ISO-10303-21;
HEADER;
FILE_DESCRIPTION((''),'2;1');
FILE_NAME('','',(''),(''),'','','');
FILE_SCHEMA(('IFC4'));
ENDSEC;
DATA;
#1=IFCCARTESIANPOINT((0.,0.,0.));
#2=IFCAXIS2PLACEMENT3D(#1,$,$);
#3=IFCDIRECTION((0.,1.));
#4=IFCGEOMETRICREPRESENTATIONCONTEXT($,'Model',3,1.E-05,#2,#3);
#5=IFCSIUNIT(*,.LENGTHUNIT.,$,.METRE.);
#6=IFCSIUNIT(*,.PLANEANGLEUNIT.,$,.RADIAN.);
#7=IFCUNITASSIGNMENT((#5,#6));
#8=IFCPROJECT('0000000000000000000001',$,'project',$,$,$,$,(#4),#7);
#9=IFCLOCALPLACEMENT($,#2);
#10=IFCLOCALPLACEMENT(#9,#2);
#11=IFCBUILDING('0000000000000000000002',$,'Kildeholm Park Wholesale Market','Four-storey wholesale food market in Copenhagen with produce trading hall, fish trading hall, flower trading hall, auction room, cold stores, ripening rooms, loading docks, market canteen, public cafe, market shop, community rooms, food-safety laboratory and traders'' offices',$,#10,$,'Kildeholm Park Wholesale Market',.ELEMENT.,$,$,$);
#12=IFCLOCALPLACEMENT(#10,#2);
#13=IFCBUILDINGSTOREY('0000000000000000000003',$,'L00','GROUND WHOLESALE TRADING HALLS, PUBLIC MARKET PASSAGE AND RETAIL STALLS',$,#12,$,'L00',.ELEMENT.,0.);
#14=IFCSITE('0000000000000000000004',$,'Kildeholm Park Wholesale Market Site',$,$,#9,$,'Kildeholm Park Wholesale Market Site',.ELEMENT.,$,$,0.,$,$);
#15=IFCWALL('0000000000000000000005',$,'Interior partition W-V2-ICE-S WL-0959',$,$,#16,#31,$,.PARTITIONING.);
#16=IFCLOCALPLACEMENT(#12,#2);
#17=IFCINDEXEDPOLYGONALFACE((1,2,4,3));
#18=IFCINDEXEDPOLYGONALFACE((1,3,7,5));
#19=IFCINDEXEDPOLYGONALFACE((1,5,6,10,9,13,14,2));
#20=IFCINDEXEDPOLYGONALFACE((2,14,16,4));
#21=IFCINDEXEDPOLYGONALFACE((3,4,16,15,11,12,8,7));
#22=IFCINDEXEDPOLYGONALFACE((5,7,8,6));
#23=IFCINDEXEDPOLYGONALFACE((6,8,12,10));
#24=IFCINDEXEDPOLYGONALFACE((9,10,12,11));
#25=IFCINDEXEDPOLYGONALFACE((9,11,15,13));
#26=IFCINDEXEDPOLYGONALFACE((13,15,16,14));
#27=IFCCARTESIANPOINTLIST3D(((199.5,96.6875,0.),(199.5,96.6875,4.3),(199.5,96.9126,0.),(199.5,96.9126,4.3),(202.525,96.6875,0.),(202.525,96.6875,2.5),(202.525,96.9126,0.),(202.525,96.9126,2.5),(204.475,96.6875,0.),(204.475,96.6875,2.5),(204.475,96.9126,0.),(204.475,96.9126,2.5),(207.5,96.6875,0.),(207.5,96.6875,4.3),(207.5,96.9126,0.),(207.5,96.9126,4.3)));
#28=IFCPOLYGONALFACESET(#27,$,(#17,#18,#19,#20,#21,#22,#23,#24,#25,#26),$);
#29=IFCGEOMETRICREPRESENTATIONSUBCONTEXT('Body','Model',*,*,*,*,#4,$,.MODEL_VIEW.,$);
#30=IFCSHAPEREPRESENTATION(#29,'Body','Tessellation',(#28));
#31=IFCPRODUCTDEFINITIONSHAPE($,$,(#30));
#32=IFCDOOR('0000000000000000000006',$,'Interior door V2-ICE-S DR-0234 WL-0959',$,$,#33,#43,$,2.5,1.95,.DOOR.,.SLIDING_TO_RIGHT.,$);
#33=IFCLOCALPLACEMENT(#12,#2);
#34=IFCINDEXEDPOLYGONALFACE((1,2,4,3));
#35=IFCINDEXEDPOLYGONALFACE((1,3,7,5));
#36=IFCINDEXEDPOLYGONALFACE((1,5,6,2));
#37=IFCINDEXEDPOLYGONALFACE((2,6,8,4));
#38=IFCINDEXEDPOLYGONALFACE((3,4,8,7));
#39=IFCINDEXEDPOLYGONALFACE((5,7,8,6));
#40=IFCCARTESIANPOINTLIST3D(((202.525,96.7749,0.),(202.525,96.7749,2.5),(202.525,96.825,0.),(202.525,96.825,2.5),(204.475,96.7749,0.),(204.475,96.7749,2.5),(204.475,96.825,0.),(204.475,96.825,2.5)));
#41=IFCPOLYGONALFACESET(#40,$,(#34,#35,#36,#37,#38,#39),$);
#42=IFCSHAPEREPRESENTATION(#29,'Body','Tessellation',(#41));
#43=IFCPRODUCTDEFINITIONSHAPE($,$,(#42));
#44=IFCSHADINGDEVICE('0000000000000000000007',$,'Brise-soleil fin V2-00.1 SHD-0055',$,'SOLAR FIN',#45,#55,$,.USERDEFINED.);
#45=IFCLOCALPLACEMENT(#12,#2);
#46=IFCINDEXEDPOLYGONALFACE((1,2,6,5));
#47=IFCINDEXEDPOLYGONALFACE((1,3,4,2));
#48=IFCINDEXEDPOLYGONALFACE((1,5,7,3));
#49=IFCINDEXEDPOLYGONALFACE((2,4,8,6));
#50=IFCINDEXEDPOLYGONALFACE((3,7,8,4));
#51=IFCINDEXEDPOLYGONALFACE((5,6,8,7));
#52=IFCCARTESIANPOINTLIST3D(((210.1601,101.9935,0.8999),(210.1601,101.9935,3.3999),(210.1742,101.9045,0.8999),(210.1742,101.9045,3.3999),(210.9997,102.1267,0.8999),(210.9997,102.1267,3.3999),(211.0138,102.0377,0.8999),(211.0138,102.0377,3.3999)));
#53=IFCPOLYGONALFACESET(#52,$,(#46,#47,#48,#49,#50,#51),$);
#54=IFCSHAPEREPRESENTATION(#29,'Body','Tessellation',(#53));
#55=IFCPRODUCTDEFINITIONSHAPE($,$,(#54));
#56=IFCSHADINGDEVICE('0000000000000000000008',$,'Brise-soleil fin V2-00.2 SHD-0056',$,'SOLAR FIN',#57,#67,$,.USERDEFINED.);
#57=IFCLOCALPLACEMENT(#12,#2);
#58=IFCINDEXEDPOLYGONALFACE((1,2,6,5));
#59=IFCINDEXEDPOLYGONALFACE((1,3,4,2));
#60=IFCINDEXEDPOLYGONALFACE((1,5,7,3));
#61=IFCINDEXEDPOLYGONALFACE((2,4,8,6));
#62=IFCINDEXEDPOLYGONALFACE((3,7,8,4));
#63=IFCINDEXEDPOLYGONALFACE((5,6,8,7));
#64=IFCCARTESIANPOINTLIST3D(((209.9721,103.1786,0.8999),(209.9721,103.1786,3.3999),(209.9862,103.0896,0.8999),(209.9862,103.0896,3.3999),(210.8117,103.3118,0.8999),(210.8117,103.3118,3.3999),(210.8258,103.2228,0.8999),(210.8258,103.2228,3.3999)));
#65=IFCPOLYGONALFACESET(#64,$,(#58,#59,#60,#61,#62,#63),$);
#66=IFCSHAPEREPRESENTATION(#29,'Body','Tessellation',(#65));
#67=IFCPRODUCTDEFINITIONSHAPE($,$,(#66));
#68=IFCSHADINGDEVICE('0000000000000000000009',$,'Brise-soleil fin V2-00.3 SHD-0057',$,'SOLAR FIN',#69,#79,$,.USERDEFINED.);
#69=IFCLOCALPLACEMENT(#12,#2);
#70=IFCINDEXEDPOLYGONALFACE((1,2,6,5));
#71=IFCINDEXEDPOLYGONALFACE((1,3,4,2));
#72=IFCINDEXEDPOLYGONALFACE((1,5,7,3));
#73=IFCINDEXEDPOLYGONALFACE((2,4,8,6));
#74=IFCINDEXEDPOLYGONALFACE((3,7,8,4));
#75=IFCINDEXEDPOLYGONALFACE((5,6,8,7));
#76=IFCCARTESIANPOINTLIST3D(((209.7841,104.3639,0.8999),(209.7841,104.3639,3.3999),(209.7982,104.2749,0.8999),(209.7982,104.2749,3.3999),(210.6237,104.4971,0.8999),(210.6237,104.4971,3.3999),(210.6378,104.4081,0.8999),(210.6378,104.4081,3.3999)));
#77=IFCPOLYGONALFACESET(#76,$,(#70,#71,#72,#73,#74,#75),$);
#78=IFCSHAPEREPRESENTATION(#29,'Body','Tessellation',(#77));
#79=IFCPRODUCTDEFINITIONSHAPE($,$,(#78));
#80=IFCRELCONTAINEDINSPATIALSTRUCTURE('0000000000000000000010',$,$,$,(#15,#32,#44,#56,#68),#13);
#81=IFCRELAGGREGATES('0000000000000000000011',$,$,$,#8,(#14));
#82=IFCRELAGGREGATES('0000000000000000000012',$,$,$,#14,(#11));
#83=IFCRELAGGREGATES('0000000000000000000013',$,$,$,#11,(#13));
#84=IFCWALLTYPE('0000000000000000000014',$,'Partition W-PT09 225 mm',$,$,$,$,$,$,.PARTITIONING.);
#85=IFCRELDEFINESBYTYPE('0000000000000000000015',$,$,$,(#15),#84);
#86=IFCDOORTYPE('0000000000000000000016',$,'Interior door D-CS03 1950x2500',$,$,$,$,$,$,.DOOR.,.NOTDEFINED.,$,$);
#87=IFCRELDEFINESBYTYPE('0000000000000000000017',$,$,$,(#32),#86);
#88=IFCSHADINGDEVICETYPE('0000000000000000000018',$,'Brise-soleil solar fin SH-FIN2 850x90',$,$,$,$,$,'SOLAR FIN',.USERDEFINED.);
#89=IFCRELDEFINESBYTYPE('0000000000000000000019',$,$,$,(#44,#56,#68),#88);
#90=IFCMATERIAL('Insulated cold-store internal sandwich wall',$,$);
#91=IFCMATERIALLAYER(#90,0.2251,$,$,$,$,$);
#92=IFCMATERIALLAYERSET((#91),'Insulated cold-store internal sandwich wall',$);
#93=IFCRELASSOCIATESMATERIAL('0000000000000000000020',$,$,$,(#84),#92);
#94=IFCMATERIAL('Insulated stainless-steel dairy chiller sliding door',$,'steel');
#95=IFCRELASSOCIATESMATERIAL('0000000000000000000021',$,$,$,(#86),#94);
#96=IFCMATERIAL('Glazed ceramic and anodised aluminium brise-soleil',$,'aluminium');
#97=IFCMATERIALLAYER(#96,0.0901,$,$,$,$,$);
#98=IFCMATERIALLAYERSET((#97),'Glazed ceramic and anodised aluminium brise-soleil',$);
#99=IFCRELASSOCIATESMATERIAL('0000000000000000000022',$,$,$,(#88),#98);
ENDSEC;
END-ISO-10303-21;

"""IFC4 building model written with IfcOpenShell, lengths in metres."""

from ifc_helpers import new_model, si_unit, direction, frame, frame_2d, origin, origin_2d, place, context, subcontext, project, spatial, rectangle, extrude, material, layer, layer_set, type_object, element, fill, save


model = new_model("IFC4")

# Units and contexts
model_context = context("Model", 3, precision=1e-05, world=origin(), true_north=direction((0.0, 1.0)))
body_context = subcontext(model_context, "Body", "Model", "MODEL_VIEW")
ifc_project = project(units=[si_unit("LENGTHUNIT", "METRE"), si_unit("PLANEANGLEUNIT", "RADIAN")], contexts=[model_context])

# Site, building, storey
site_placement = place(None, origin())
site = spatial("IfcSite", under=ifc_project, at=site_placement, Name="Kildeholm Park Wholesale Market Site", LongName="Kildeholm Park Wholesale Market Site", CompositionType="ELEMENT", RefElevation=0.0)
building_placement = place(site_placement, origin())
building = spatial("IfcBuilding", under=site, at=building_placement, Name="Kildeholm Park Wholesale Market", Description="Four-storey wholesale food market in Copenhagen with produce trading hall, fish trading hall, flower trading hall, auction room, cold stores, ripening rooms, loading docks, market canteen, public cafe, market shop, community rooms, food-safety laboratory and traders' offices", LongName="Kildeholm Park Wholesale Market", CompositionType="ELEMENT")
storey_placement = place(building_placement, origin())
storey = spatial("IfcBuildingStorey", under=building, at=storey_placement, Name="L00", Description="GROUND WHOLESALE TRADING HALLS, PUBLIC MARKET PASSAGE AND RETAIL STALLS", LongName="L00", CompositionType="ELEMENT", Elevation=0.0)

# Wall, opening, door
ifc_material_1 = material(Name="Insulated cold-store internal sandwich wall")
ifc_layer_1 = layer(ifc_material_1, 0.2251)
ifc_layer_set_1 = layer_set([ifc_layer_1], Name="Insulated cold-store internal sandwich wall")
wall_type_1 = type_object("IfcWallType", Name="Partition W-PT09 225 mm", PredefinedType="PARTITIONING", material=ifc_layer_set_1)
wall_1_placement = place(storey_placement, frame((199.5, 96.8, 0.0), z_axis=(0.0, 0.0, 1.0), x_axis=(1.0, 0.0, 0.0)))
wall_1 = element("IfcWall", 1, at=wall_1_placement, inside=storey, type_object=wall_type_1, Name="Interior partition W-V2-ICE-S WL-0959", PredefinedType="PARTITIONING", context=body_context, shape_type="SweptSolid", body=[
    extrude(rectangle(XDim=8.0, YDim=0.2251, at=frame_2d((4.0, 0.0))), origin(), (0.0, 0.0, 1.0), 4.3),
])
opening_1_placement = place(wall_1_placement, frame((3.0249, 0.0, 0.0)))
opening_1 = element("IfcOpeningElement", 2, at=opening_1_placement, cuts=wall_1, PredefinedType="OPENING", context=body_context, shape_type="SweptSolid", body=[
    extrude(rectangle(XDim=1.95, YDim=2.5, at=frame_2d((0.9751, 1.25))), frame((0.0, 0.1226, 0.0), z_axis=(0.0, -1.0, 0.0), x_axis=(1.0, 0.0, 0.0)), (0.0, 0.0, 1.0), 0.2451),
])
ifc_material_2 = material(Name="Insulated stainless-steel dairy chiller sliding door", Category="steel")
door_type_1 = type_object("IfcDoorType", Name="Interior door D-CS03 1950x2500", OperationType="NOTDEFINED", PredefinedType="DOOR", material=ifc_material_2)
door_1_placement = place(opening_1_placement, origin())
door_1 = element("IfcDoor", 3, at=door_1_placement, inside=storey, type_object=door_type_1, Name="Interior door V2-ICE-S DR-0234 WL-0959", OperationType="SLIDING_TO_RIGHT", OverallHeight=2.5, OverallWidth=1.95, PredefinedType="DOOR", context=body_context, shape_type="SweptSolid", body=[
    extrude(rectangle(XDim=1.95, YDim=2.5, at=frame_2d((0.9751, 1.25))), frame((0.0, 0.0249, 0.0), z_axis=(0.0, -1.0, 0.0), x_axis=(1.0, 0.0, 0.0)), (0.0, 0.0, 1.0), 0.05),
])
fill(opening_1, door_1)

# Shading devices
ifc_material_3 = material(Name="Glazed ceramic and anodised aluminium brise-soleil", Category="aluminium")
ifc_layer_2 = layer(ifc_material_3, 0.0901)
ifc_layer_set_2 = layer_set([ifc_layer_2], Name="Glazed ceramic and anodised aluminium brise-soleil")
shading_device_type = type_object("IfcShadingDeviceType", Name="Brise-soleil solar fin SH-FIN2 850x90", ElementType="SOLAR FIN", PredefinedType="USERDEFINED", material=ifc_layer_set_2)
for number, where, z_axis, x_axis, name in (
    (4, (210.5869, 102.0156, 0.8999), (0.0, 0.0, 1.0), (0.98765, 0.156676, 0.0), "Brise-soleil fin V2-00.1 SHD-0055"),
    (5, (210.3989, 103.2007, 0.8999), (0.0, 0.0, 1.0), (0.98765, 0.156676, 0.0), "Brise-soleil fin V2-00.2 SHD-0056"),
    (6, (210.2109, 104.386, 0.8999), (0.0, 0.0, 1.0), (0.98765, 0.156676, 0.0), "Brise-soleil fin V2-00.3 SHD-0057"),
):
    element("IfcShadingDevice", number, at=place(storey_placement, frame(where, z_axis=z_axis, x_axis=x_axis)), inside=storey, type_object=shading_device_type, Name=name, ObjectType="SOLAR FIN", PredefinedType="USERDEFINED", context=body_context, shape_type="SweptSolid", body=[
        extrude(rectangle(XDim=0.8501, YDim=0.0901, at=origin_2d()), origin(), (0.0, 0.0, 1.0), 2.5),
    ])

save(model, "model.ifc")
